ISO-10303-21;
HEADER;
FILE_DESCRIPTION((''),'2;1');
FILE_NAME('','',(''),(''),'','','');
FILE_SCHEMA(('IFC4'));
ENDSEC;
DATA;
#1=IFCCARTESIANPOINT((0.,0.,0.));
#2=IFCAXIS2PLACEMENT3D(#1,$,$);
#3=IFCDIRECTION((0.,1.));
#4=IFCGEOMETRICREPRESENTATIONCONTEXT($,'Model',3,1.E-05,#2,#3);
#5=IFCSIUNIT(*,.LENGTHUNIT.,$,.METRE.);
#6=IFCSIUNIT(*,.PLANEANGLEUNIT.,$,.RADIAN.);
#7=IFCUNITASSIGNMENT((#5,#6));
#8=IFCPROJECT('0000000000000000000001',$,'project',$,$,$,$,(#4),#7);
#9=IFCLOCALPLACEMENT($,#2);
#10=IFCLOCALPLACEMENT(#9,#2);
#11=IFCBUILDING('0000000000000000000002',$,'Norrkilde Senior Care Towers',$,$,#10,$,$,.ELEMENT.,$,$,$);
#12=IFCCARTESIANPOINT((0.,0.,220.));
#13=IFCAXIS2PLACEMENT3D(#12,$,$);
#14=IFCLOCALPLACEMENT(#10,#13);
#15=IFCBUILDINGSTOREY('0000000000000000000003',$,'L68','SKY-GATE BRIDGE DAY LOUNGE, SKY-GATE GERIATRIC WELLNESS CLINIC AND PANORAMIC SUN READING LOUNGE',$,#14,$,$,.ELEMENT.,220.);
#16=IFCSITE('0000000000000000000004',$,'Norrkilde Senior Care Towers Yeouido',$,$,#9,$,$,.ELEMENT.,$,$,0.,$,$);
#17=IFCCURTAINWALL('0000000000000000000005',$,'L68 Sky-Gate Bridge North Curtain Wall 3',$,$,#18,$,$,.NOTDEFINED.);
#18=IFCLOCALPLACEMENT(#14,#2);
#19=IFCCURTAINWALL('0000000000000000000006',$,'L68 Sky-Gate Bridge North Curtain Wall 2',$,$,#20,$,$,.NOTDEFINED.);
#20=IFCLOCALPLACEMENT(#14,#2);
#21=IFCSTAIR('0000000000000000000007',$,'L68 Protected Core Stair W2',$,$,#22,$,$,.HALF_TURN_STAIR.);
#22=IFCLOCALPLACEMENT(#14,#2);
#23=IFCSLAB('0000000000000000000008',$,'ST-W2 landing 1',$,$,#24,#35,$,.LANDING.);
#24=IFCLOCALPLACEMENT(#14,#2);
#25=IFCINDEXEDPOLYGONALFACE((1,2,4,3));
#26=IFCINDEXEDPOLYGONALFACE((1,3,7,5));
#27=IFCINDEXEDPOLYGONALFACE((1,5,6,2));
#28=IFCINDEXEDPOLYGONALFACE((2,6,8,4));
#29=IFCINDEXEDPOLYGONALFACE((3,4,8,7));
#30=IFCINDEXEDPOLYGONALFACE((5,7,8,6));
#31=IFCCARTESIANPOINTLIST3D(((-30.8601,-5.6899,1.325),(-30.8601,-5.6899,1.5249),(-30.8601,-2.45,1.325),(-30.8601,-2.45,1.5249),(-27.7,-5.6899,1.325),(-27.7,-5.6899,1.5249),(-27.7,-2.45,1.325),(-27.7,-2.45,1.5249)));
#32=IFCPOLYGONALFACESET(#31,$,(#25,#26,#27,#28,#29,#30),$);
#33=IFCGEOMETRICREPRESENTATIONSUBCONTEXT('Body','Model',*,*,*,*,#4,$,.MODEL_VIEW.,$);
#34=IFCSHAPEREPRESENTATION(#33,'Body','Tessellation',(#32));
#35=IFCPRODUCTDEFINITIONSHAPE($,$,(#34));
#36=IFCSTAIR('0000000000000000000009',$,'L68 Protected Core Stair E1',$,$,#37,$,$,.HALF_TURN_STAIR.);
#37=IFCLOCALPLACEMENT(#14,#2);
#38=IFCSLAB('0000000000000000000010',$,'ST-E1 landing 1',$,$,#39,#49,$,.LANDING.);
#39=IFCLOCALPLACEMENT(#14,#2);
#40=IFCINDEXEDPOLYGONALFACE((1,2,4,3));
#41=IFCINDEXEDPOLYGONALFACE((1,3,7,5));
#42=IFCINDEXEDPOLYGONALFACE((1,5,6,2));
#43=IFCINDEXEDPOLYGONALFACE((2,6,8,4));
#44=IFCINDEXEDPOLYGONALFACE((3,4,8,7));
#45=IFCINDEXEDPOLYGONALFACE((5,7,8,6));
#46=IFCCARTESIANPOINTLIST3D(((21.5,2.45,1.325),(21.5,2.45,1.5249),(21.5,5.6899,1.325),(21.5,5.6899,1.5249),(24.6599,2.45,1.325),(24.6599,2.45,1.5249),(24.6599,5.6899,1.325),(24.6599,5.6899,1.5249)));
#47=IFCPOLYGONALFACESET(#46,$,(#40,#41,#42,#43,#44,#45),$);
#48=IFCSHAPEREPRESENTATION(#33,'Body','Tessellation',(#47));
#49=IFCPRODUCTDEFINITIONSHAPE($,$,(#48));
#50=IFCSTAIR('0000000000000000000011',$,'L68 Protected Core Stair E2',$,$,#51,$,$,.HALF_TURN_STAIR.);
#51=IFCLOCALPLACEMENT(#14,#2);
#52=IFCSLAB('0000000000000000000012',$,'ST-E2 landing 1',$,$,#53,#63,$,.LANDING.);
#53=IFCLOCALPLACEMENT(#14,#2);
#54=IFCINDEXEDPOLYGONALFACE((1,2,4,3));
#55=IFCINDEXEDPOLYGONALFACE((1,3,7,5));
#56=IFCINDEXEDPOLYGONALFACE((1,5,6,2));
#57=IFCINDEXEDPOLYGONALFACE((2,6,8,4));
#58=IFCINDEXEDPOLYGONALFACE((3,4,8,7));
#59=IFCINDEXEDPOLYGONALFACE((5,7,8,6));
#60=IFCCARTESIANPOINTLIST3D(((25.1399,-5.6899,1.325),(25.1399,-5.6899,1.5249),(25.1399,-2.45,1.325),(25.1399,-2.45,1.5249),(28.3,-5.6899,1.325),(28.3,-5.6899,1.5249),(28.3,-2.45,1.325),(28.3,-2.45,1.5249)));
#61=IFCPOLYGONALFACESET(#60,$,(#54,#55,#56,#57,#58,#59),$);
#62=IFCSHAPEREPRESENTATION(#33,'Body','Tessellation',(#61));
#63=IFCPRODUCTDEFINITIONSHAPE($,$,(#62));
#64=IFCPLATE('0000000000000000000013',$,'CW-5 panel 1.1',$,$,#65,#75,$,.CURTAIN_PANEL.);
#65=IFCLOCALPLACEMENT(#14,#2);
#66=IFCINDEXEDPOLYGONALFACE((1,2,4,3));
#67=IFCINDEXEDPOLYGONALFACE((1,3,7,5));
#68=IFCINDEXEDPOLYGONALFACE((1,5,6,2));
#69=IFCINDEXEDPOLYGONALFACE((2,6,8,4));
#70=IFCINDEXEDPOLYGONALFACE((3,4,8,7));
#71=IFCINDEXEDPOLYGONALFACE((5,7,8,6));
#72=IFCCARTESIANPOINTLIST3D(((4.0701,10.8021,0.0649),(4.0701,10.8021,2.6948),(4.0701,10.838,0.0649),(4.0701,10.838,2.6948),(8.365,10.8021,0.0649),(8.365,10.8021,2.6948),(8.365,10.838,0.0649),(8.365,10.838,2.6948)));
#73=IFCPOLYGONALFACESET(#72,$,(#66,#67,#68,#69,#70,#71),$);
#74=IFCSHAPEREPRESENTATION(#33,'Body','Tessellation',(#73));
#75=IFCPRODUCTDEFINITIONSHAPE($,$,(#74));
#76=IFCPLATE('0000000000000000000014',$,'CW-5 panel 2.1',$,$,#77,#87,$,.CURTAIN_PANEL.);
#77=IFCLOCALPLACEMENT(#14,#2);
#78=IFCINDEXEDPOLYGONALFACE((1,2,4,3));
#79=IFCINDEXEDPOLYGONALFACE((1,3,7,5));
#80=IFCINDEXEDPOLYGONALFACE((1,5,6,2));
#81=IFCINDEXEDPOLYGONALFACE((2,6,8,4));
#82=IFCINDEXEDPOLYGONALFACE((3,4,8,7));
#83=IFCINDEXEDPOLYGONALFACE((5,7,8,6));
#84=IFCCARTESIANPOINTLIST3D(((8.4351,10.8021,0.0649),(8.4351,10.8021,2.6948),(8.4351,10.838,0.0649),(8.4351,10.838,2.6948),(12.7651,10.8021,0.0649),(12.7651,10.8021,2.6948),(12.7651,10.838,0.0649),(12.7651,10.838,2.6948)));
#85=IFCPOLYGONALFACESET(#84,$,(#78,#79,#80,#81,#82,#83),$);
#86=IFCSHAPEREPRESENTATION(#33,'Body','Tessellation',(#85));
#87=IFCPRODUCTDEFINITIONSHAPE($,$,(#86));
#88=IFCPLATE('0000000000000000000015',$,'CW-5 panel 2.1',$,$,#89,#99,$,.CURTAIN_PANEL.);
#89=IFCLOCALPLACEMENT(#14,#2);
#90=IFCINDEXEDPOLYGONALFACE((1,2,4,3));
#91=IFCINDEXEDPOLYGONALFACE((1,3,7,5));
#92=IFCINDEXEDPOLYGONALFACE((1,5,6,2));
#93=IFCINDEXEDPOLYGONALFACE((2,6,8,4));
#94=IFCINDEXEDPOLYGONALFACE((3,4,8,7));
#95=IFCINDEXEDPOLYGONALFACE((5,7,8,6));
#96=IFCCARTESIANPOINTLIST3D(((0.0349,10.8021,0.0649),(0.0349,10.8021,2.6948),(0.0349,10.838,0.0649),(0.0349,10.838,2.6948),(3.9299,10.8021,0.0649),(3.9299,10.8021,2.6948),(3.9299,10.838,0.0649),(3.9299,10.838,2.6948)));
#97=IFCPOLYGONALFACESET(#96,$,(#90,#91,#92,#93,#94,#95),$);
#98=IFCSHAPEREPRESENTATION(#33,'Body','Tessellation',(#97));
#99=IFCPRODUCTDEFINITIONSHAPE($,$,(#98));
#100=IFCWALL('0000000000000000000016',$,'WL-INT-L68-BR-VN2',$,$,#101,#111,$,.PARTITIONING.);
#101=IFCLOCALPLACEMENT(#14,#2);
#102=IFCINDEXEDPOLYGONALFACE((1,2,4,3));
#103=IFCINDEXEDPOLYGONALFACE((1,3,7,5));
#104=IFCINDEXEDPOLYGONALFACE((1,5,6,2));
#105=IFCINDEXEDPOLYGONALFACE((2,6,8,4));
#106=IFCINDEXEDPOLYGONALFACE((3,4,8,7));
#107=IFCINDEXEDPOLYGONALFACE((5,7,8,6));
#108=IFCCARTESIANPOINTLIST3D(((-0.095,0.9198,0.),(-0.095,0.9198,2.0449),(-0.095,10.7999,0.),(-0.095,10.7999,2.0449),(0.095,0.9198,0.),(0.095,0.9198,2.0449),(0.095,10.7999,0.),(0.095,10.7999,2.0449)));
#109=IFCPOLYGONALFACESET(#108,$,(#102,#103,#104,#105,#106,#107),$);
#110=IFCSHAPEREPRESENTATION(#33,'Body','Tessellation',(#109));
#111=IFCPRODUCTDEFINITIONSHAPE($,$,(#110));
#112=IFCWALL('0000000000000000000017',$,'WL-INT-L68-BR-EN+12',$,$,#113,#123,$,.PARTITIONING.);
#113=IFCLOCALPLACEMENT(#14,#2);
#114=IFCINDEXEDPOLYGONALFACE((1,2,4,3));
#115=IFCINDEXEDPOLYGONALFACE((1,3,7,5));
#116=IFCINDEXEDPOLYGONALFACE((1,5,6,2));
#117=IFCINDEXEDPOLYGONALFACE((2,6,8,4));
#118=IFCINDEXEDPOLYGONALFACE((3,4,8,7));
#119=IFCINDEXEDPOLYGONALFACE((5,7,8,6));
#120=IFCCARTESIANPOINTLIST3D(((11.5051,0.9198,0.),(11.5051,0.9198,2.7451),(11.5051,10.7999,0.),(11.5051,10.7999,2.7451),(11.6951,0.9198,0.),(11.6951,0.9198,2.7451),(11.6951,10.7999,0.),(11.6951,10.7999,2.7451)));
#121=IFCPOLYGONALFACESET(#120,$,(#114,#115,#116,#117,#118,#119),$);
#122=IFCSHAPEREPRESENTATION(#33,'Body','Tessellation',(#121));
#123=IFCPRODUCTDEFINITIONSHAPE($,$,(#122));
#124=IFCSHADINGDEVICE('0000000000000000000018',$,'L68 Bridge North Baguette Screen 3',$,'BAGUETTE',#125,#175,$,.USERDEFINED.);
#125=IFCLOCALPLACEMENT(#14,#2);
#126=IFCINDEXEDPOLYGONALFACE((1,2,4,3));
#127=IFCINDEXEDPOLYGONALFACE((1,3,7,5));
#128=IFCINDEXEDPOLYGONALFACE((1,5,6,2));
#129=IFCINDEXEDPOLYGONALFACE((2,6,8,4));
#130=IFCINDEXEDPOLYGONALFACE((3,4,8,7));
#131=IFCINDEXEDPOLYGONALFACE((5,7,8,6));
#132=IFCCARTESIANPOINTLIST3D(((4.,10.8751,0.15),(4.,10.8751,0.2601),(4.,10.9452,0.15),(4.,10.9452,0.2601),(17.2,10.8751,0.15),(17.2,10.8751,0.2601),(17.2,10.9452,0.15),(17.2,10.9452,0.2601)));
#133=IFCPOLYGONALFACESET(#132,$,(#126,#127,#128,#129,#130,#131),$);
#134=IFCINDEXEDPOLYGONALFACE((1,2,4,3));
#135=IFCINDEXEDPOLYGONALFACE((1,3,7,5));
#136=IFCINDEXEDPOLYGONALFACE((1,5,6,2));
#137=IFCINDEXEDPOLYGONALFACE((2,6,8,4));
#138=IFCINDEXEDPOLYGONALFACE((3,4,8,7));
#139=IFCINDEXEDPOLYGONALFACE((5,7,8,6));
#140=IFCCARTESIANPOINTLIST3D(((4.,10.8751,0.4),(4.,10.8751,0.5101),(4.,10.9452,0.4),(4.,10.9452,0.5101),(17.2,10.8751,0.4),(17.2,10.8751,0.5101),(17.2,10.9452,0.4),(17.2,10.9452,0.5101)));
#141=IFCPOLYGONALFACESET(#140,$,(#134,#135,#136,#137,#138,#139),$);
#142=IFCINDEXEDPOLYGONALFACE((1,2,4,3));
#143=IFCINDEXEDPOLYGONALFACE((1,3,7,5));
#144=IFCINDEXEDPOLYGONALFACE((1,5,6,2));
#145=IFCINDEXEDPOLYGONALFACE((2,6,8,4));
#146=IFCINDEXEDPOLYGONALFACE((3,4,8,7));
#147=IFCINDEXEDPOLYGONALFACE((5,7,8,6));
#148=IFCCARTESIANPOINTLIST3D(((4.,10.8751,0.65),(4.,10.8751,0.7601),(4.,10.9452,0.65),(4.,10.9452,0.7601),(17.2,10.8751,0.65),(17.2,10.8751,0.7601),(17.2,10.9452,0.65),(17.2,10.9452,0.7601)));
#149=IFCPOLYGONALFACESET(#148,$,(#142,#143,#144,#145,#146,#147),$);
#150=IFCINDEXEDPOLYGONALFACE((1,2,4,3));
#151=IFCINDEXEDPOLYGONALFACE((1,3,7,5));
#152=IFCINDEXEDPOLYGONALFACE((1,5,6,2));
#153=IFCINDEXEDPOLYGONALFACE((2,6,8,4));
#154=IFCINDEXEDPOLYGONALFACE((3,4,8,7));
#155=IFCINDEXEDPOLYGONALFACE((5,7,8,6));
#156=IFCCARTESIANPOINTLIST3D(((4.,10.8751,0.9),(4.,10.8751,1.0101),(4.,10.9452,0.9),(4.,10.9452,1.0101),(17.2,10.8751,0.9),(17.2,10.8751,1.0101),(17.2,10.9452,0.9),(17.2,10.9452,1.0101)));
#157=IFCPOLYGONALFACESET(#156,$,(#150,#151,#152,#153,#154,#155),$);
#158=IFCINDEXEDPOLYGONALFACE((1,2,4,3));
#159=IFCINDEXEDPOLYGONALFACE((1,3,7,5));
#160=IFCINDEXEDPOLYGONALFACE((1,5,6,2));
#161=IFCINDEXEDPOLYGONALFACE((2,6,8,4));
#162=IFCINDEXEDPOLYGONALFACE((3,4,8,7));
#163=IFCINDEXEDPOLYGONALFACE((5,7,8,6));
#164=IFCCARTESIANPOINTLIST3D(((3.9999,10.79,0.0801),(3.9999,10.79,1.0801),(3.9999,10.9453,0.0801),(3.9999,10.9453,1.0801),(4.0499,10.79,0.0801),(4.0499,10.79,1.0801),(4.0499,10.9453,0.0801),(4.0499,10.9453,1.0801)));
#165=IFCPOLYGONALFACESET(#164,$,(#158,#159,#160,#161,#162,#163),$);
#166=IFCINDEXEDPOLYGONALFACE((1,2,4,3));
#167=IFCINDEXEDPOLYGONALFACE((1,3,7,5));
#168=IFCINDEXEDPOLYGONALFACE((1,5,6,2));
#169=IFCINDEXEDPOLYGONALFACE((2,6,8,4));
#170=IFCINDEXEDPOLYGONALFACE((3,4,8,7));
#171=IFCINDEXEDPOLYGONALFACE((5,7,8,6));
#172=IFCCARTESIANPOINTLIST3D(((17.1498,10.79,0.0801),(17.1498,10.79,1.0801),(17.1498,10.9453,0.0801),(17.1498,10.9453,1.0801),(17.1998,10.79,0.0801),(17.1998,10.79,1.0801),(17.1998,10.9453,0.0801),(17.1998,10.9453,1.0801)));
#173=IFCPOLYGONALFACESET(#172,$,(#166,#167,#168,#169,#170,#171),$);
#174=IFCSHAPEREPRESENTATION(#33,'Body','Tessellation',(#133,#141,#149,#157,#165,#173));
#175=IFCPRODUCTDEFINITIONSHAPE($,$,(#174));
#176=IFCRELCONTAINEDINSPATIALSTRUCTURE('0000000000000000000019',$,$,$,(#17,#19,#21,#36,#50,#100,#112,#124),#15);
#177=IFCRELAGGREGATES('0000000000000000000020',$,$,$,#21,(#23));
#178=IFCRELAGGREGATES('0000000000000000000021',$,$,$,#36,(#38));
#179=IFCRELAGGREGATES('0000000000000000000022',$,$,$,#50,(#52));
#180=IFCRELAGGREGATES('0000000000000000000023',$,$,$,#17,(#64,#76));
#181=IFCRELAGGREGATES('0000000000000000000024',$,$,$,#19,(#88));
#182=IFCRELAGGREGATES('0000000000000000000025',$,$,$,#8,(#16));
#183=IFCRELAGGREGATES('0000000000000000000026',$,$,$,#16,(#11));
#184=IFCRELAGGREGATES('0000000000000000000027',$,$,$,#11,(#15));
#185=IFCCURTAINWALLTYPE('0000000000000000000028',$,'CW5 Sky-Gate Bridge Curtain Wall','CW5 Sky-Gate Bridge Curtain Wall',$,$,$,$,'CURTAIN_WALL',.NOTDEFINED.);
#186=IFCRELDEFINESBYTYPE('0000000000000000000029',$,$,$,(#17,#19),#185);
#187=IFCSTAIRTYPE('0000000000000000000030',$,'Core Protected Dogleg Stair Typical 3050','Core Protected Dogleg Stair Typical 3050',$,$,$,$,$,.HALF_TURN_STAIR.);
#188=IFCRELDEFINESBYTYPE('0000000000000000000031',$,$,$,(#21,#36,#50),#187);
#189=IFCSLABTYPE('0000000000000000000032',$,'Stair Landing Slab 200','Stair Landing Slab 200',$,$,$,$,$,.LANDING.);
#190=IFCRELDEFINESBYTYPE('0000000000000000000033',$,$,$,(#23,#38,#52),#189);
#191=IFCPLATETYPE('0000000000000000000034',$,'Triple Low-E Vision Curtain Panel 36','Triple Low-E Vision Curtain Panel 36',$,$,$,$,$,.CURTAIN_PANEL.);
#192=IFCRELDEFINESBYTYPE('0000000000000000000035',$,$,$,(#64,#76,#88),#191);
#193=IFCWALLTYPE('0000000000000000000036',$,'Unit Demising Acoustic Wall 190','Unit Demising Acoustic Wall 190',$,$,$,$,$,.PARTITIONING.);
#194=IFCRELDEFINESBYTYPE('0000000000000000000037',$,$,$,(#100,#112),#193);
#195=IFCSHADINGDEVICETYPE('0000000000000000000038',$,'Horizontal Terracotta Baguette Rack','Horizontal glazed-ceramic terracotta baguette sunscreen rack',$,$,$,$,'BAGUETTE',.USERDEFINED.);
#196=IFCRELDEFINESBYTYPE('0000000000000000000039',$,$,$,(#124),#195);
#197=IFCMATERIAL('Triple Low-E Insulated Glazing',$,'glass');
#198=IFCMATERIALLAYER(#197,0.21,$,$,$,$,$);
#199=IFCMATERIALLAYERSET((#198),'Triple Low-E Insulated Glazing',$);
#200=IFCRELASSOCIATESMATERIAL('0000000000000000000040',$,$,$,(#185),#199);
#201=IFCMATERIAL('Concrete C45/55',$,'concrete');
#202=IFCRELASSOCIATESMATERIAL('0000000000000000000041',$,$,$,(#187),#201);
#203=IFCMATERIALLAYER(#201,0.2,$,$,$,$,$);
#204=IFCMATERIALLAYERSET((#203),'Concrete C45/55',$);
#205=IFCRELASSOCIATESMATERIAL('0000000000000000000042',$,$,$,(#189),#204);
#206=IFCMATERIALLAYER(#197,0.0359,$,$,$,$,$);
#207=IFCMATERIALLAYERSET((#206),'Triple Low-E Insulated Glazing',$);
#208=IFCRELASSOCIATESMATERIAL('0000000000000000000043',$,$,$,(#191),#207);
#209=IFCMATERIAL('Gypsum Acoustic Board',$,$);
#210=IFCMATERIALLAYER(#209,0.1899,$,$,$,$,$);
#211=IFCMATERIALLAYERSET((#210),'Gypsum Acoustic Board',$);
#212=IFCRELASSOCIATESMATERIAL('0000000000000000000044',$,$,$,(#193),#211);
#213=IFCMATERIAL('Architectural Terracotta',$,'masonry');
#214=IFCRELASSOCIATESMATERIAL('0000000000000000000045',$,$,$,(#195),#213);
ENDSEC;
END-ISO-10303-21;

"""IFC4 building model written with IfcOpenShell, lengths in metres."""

from ifc_helpers import new_model, si_unit, direction, frame, frame_2d, origin, origin_2d, place, context, subcontext, project, spatial, polyline, rectangle, outline, extrude, source, transform, mapped, material, layer, layer_set, type_object, type_shapes, element, aggregate, save


model = new_model("IFC4")

# Units and contexts
model_context = context("Model", 3, precision=1e-05, world=origin(), true_north=direction((0.0, 1.0)))
body_context = subcontext(model_context, "Body", "Model", "MODEL_VIEW")
ifc_project = project(units=[si_unit("LENGTHUNIT", "METRE"), si_unit("PLANEANGLEUNIT", "RADIAN")], contexts=[model_context])

# Site, building, storey
site_placement = place(None, origin())
site = spatial("IfcSite", under=ifc_project, at=site_placement, Name="Norrkilde Senior Care Towers Yeouido", CompositionType="ELEMENT", RefElevation=0.0)
building_placement = place(site_placement, origin())
building = spatial("IfcBuilding", under=site, at=building_placement, Name="Norrkilde Senior Care Towers", CompositionType="ELEMENT")
storey_placement = place(building_placement, frame((0.0, 0.0, 220.0)))
storey = spatial("IfcBuildingStorey", under=building, at=storey_placement, Name="L68", Description="SKY-GATE BRIDGE DAY LOUNGE, SKY-GATE GERIATRIC WELLNESS CLINIC AND PANORAMIC SUN READING LOUNGE", CompositionType="ELEMENT", Elevation=220.0)

# Curtain walls
ifc_material_1 = material(Name="Triple Low-E Insulated Glazing", Category="glass")
ifc_layer_1 = layer(ifc_material_1, 0.21)
ifc_layer_set_1 = layer_set([ifc_layer_1], Name="Triple Low-E Insulated Glazing")
curtain_wall_type = type_object("IfcCurtainWallType", Name="CW5 Sky-Gate Bridge Curtain Wall", Description="CW5 Sky-Gate Bridge Curtain Wall", ElementType="CURTAIN_WALL", PredefinedType="NOTDEFINED", material=ifc_layer_set_1)
curtain_wall_1_placement = place(storey_placement, origin())
curtain_wall_1 = element("IfcCurtainWall", 1, at=curtain_wall_1_placement, inside=storey, type_object=curtain_wall_type, Name="L68 Sky-Gate Bridge North Curtain Wall 3", PredefinedType="NOTDEFINED")
curtain_wall_2_placement = place(storey_placement, origin())
curtain_wall_2 = element("IfcCurtainWall", 2, at=curtain_wall_2_placement, inside=storey, type_object=curtain_wall_type, Name="L68 Sky-Gate Bridge North Curtain Wall 2", PredefinedType="NOTDEFINED")

# Stairs, slabs
ifc_material_2 = material(Name="Concrete C45/55", Category="concrete")
stair_type = type_object("IfcStairType", Name="Core Protected Dogleg Stair Typical 3050", Description="Core Protected Dogleg Stair Typical 3050", PredefinedType="HALF_TURN_STAIR", material=ifc_material_2)
ifc_layer_2 = layer(ifc_material_2, 0.2)
ifc_layer_set_2 = layer_set([ifc_layer_2], Name="Concrete C45/55")
slab_type = type_object("IfcSlabType", Name="Stair Landing Slab 200", Description="Stair Landing Slab 200", PredefinedType="LANDING", material=ifc_layer_set_2)
stair_1_placement = place(storey_placement, origin())
stair_1 = element("IfcStair", 3, at=stair_1_placement, inside=storey, type_object=stair_type, Name="L68 Protected Core Stair W2", PredefinedType="HALF_TURN_STAIR")
slab_1_placement = place(storey_placement, frame((0.0, 0.0, 1.325)))
slab_1 = element("IfcSlab", 4, at=slab_1_placement, type_object=slab_type, Name="ST-W2 landing 1", PredefinedType="LANDING", context=body_context, shape_type="SweptSolid", body=[
    extrude(outline(polyline([(-30.8601, -5.6899), (-27.7, -5.6899), (-27.7, -2.45), (-30.8601, -2.45), (-30.8601, -5.6899)])), origin(), (0.0, 0.0, 1.0), 0.2),
])
aggregate(stair_1, [slab_1])
stair_2_placement = place(storey_placement, origin())
stair_2 = element("IfcStair", 5, at=stair_2_placement, inside=storey, type_object=stair_type, Name="L68 Protected Core Stair E1", PredefinedType="HALF_TURN_STAIR")
slab_2_placement = place(storey_placement, frame((0.0, 0.0, 1.325)))
slab_2 = element("IfcSlab", 6, at=slab_2_placement, type_object=slab_type, Name="ST-E1 landing 1", PredefinedType="LANDING", context=body_context, shape_type="SweptSolid", body=[
    extrude(outline(polyline([(24.6599, 5.6899), (21.5, 5.6899), (21.5, 2.45), (24.6599, 2.45), (24.6599, 5.6899)])), origin(), (0.0, 0.0, 1.0), 0.2),
])
aggregate(stair_2, [slab_2])
stair_3_placement = place(storey_placement, origin())
stair_3 = element("IfcStair", 7, at=stair_3_placement, inside=storey, type_object=stair_type, Name="L68 Protected Core Stair E2", PredefinedType="HALF_TURN_STAIR")
slab_3_placement = place(storey_placement, frame((0.0, 0.0, 1.325)))
slab_3 = element("IfcSlab", 8, at=slab_3_placement, type_object=slab_type, Name="ST-E2 landing 1", PredefinedType="LANDING", context=body_context, shape_type="SweptSolid", body=[
    extrude(outline(polyline([(25.1399, -5.6899), (28.3, -5.6899), (28.3, -2.45), (25.1399, -2.45), (25.1399, -5.6899)])), origin(), (0.0, 0.0, 1.0), 0.2),
])
aggregate(stair_3, [slab_3])

# Plates
ifc_layer_3 = layer(ifc_material_1, 0.0359)
ifc_layer_set_3 = layer_set([ifc_layer_3], Name="Triple Low-E Insulated Glazing")
plate_type = type_object("IfcPlateType", Name="Triple Low-E Vision Curtain Panel 36", Description="Triple Low-E Vision Curtain Panel 36", PredefinedType="CURTAIN_PANEL", material=ifc_layer_set_3)
shared_shape_1 = source(origin(), body_context, "Body", "SweptSolid", [
    extrude(rectangle(XDim=4.2949, YDim=0.0359, at=origin_2d()), origin(), (0.0, 0.0, 1.0), 2.6299),
])
plate_1_placement = place(storey_placement, frame((6.2175, 10.8201, 0.0649), z_axis=(0.0, 0.0, 1.0), x_axis=(1.0, 0.0, 0.0)))
plate_1 = element("IfcPlate", 9, at=plate_1_placement, type_object=plate_type, Name="CW-5 panel 1.1", PredefinedType="CURTAIN_PANEL", context=body_context, shape_type="MappedRepresentation", body=[
    mapped(shared_shape_1, transform((0.0, 0.0, 0.0), x_axis=(1.0, 0.0, 0.0), y_axis=(0.0, 1.0, 0.0), z_axis=(0.0, 0.0, 1.0), scale=1.0)),
])
shared_shape_2 = source(origin(), body_context, "Body", "SweptSolid", [
    extrude(rectangle(XDim=4.3301, YDim=0.0359, at=origin_2d()), origin(), (0.0, 0.0, 1.0), 2.6299),
])
plate_2_placement = place(storey_placement, frame((10.6001, 10.8201, 0.0649), z_axis=(0.0, 0.0, 1.0), x_axis=(1.0, 0.0, 0.0)))
plate_2 = element("IfcPlate", 10, at=plate_2_placement, type_object=plate_type, Name="CW-5 panel 2.1", PredefinedType="CURTAIN_PANEL", context=body_context, shape_type="MappedRepresentation", body=[
    mapped(shared_shape_2, transform((0.0, 0.0, 0.0), x_axis=(1.0, 0.0, 0.0), y_axis=(0.0, 1.0, 0.0), z_axis=(0.0, 0.0, 1.0), scale=1.0)),
])
aggregate(curtain_wall_1, [plate_1, plate_2])
shared_shape_3 = source(origin(), body_context, "Body", "SweptSolid", [
    extrude(rectangle(XDim=3.895, YDim=0.0359, at=origin_2d()), origin(), (0.0, 0.0, 1.0), 2.6299),
])
type_shapes(plate_type, [shared_shape_1, shared_shape_2, shared_shape_3])
plate_3_placement = place(storey_placement, frame((1.9824, 10.8201, 0.0649), z_axis=(0.0, 0.0, 1.0), x_axis=(1.0, 0.0, 0.0)))
plate_3 = element("IfcPlate", 11, at=plate_3_placement, type_object=plate_type, Name="CW-5 panel 2.1", PredefinedType="CURTAIN_PANEL", context=body_context, shape_type="MappedRepresentation", body=[
    mapped(shared_shape_3, transform((0.0, 0.0, 0.0), x_axis=(1.0, 0.0, 0.0), y_axis=(0.0, 1.0, 0.0), z_axis=(0.0, 0.0, 1.0), scale=1.0)),
])
aggregate(curtain_wall_2, [plate_3])

# Walls
ifc_material_3 = material(Name="Gypsum Acoustic Board")
ifc_layer_4 = layer(ifc_material_3, 0.1899)
ifc_layer_set_4 = layer_set([ifc_layer_4], Name="Gypsum Acoustic Board")
wall_type = type_object("IfcWallType", Name="Unit Demising Acoustic Wall 190", Description="Unit Demising Acoustic Wall 190", PredefinedType="PARTITIONING", material=ifc_layer_set_4)
shared_shape_4 = source(origin(), body_context, "Body", "SweptSolid", [
    extrude(rectangle(XDim=9.8801, YDim=0.1899, at=frame_2d((4.9399, 0.0))), origin(), (0.0, 0.0, 1.0), 2.0449),
])
wall_1_placement = place(storey_placement, frame((0.0, 0.9199, 0.0), z_axis=(0.0, 0.0, 1.0), x_axis=(0.0, 1.0, 0.0)))
element("IfcWall", 12, at=wall_1_placement, inside=storey, type_object=wall_type, Name="WL-INT-L68-BR-VN2", PredefinedType="PARTITIONING", context=body_context, shape_type="MappedRepresentation", body=[
    mapped(shared_shape_4, transform((0.0, 0.0, 0.0), x_axis=(1.0, 0.0, 0.0), y_axis=(0.0, 1.0, 0.0), z_axis=(0.0, 0.0, 1.0), scale=1.0)),
])
shared_shape_5 = source(origin(), body_context, "Body", "SweptSolid", [
    extrude(rectangle(XDim=9.8801, YDim=0.1899, at=frame_2d((4.9399, 0.0))), origin(), (0.0, 0.0, 1.0), 2.7451),
])
type_shapes(wall_type, [shared_shape_4, shared_shape_5])
wall_2_placement = place(storey_placement, frame((11.6001, 0.9199, 0.0), z_axis=(0.0, 0.0, 1.0), x_axis=(0.0, 1.0, 0.0)))
element("IfcWall", 13, at=wall_2_placement, inside=storey, type_object=wall_type, Name="WL-INT-L68-BR-EN+12", PredefinedType="PARTITIONING", context=body_context, shape_type="MappedRepresentation", body=[
    mapped(shared_shape_5, transform((0.0, 0.0, 0.0), x_axis=(1.0, 0.0, 0.0), y_axis=(0.0, 1.0, 0.0), z_axis=(0.0, 0.0, 1.0), scale=1.0)),
])

# Shading device
ifc_material_4 = material(Name="Architectural Terracotta", Category="masonry")
shading_device_type = type_object("IfcShadingDeviceType", Name="Horizontal Terracotta Baguette Rack", Description="Horizontal glazed-ceramic terracotta baguette sunscreen rack", ElementType="BAGUETTE", PredefinedType="USERDEFINED", material=ifc_material_4)
shared_shape_6 = source(origin(), body_context, "Body", "SweptSolid", [
    extrude(rectangle(XDim=0.0701, YDim=0.1101, at=origin_2d()), frame((0.0, 0.0901, 0.125), z_axis=(1.0, 0.0, 0.0), x_axis=(0.0, 1.0, 0.0)), (0.0, 0.0, 1.0), 13.2),
    extrude(rectangle(XDim=0.0701, YDim=0.1101, at=origin_2d()), frame((0.0, 0.0901, 0.375), z_axis=(1.0, 0.0, 0.0), x_axis=(0.0, 1.0, 0.0)), (0.0, 0.0, 1.0), 13.2),
    extrude(rectangle(XDim=0.0701, YDim=0.1101, at=origin_2d()), frame((0.0, 0.0901, 0.625), z_axis=(1.0, 0.0, 0.0), x_axis=(0.0, 1.0, 0.0)), (0.0, 0.0, 1.0), 13.2),
    extrude(rectangle(XDim=0.0701, YDim=0.1101, at=origin_2d()), frame((0.0, 0.0901, 0.875), z_axis=(1.0, 0.0, 0.0), x_axis=(0.0, 1.0, 0.0)), (0.0, 0.0, 1.0), 13.2),
    extrude(rectangle(XDim=0.05, YDim=0.1553, at=origin_2d()), frame((0.0249, 0.0476, 0.0)), (0.0, 0.0, 1.0), 1.0),
    extrude(rectangle(XDim=0.05, YDim=0.1553, at=origin_2d()), frame((13.1748, 0.0476, 0.0)), (0.0, 0.0, 1.0), 1.0),
])
type_shapes(shading_device_type, [shared_shape_6])
shading_device_placement = place(storey_placement, frame((4.0, 10.8201, 0.0801), z_axis=(0.0, 0.0, 1.0), x_axis=(1.0, 0.0, 0.0)))
element("IfcShadingDevice", 14, at=shading_device_placement, inside=storey, type_object=shading_device_type, Name="L68 Bridge North Baguette Screen 3", ObjectType="BAGUETTE", PredefinedType="USERDEFINED", context=body_context, shape_type="MappedRepresentation", body=[
    mapped(shared_shape_6, transform((0.0, 0.0, 0.0), x_axis=(1.0, 0.0, 0.0), y_axis=(0.0, 1.0, 0.0), z_axis=(0.0, 0.0, 1.0), scale=1.0)),
])

save(model, "model.ifc")
